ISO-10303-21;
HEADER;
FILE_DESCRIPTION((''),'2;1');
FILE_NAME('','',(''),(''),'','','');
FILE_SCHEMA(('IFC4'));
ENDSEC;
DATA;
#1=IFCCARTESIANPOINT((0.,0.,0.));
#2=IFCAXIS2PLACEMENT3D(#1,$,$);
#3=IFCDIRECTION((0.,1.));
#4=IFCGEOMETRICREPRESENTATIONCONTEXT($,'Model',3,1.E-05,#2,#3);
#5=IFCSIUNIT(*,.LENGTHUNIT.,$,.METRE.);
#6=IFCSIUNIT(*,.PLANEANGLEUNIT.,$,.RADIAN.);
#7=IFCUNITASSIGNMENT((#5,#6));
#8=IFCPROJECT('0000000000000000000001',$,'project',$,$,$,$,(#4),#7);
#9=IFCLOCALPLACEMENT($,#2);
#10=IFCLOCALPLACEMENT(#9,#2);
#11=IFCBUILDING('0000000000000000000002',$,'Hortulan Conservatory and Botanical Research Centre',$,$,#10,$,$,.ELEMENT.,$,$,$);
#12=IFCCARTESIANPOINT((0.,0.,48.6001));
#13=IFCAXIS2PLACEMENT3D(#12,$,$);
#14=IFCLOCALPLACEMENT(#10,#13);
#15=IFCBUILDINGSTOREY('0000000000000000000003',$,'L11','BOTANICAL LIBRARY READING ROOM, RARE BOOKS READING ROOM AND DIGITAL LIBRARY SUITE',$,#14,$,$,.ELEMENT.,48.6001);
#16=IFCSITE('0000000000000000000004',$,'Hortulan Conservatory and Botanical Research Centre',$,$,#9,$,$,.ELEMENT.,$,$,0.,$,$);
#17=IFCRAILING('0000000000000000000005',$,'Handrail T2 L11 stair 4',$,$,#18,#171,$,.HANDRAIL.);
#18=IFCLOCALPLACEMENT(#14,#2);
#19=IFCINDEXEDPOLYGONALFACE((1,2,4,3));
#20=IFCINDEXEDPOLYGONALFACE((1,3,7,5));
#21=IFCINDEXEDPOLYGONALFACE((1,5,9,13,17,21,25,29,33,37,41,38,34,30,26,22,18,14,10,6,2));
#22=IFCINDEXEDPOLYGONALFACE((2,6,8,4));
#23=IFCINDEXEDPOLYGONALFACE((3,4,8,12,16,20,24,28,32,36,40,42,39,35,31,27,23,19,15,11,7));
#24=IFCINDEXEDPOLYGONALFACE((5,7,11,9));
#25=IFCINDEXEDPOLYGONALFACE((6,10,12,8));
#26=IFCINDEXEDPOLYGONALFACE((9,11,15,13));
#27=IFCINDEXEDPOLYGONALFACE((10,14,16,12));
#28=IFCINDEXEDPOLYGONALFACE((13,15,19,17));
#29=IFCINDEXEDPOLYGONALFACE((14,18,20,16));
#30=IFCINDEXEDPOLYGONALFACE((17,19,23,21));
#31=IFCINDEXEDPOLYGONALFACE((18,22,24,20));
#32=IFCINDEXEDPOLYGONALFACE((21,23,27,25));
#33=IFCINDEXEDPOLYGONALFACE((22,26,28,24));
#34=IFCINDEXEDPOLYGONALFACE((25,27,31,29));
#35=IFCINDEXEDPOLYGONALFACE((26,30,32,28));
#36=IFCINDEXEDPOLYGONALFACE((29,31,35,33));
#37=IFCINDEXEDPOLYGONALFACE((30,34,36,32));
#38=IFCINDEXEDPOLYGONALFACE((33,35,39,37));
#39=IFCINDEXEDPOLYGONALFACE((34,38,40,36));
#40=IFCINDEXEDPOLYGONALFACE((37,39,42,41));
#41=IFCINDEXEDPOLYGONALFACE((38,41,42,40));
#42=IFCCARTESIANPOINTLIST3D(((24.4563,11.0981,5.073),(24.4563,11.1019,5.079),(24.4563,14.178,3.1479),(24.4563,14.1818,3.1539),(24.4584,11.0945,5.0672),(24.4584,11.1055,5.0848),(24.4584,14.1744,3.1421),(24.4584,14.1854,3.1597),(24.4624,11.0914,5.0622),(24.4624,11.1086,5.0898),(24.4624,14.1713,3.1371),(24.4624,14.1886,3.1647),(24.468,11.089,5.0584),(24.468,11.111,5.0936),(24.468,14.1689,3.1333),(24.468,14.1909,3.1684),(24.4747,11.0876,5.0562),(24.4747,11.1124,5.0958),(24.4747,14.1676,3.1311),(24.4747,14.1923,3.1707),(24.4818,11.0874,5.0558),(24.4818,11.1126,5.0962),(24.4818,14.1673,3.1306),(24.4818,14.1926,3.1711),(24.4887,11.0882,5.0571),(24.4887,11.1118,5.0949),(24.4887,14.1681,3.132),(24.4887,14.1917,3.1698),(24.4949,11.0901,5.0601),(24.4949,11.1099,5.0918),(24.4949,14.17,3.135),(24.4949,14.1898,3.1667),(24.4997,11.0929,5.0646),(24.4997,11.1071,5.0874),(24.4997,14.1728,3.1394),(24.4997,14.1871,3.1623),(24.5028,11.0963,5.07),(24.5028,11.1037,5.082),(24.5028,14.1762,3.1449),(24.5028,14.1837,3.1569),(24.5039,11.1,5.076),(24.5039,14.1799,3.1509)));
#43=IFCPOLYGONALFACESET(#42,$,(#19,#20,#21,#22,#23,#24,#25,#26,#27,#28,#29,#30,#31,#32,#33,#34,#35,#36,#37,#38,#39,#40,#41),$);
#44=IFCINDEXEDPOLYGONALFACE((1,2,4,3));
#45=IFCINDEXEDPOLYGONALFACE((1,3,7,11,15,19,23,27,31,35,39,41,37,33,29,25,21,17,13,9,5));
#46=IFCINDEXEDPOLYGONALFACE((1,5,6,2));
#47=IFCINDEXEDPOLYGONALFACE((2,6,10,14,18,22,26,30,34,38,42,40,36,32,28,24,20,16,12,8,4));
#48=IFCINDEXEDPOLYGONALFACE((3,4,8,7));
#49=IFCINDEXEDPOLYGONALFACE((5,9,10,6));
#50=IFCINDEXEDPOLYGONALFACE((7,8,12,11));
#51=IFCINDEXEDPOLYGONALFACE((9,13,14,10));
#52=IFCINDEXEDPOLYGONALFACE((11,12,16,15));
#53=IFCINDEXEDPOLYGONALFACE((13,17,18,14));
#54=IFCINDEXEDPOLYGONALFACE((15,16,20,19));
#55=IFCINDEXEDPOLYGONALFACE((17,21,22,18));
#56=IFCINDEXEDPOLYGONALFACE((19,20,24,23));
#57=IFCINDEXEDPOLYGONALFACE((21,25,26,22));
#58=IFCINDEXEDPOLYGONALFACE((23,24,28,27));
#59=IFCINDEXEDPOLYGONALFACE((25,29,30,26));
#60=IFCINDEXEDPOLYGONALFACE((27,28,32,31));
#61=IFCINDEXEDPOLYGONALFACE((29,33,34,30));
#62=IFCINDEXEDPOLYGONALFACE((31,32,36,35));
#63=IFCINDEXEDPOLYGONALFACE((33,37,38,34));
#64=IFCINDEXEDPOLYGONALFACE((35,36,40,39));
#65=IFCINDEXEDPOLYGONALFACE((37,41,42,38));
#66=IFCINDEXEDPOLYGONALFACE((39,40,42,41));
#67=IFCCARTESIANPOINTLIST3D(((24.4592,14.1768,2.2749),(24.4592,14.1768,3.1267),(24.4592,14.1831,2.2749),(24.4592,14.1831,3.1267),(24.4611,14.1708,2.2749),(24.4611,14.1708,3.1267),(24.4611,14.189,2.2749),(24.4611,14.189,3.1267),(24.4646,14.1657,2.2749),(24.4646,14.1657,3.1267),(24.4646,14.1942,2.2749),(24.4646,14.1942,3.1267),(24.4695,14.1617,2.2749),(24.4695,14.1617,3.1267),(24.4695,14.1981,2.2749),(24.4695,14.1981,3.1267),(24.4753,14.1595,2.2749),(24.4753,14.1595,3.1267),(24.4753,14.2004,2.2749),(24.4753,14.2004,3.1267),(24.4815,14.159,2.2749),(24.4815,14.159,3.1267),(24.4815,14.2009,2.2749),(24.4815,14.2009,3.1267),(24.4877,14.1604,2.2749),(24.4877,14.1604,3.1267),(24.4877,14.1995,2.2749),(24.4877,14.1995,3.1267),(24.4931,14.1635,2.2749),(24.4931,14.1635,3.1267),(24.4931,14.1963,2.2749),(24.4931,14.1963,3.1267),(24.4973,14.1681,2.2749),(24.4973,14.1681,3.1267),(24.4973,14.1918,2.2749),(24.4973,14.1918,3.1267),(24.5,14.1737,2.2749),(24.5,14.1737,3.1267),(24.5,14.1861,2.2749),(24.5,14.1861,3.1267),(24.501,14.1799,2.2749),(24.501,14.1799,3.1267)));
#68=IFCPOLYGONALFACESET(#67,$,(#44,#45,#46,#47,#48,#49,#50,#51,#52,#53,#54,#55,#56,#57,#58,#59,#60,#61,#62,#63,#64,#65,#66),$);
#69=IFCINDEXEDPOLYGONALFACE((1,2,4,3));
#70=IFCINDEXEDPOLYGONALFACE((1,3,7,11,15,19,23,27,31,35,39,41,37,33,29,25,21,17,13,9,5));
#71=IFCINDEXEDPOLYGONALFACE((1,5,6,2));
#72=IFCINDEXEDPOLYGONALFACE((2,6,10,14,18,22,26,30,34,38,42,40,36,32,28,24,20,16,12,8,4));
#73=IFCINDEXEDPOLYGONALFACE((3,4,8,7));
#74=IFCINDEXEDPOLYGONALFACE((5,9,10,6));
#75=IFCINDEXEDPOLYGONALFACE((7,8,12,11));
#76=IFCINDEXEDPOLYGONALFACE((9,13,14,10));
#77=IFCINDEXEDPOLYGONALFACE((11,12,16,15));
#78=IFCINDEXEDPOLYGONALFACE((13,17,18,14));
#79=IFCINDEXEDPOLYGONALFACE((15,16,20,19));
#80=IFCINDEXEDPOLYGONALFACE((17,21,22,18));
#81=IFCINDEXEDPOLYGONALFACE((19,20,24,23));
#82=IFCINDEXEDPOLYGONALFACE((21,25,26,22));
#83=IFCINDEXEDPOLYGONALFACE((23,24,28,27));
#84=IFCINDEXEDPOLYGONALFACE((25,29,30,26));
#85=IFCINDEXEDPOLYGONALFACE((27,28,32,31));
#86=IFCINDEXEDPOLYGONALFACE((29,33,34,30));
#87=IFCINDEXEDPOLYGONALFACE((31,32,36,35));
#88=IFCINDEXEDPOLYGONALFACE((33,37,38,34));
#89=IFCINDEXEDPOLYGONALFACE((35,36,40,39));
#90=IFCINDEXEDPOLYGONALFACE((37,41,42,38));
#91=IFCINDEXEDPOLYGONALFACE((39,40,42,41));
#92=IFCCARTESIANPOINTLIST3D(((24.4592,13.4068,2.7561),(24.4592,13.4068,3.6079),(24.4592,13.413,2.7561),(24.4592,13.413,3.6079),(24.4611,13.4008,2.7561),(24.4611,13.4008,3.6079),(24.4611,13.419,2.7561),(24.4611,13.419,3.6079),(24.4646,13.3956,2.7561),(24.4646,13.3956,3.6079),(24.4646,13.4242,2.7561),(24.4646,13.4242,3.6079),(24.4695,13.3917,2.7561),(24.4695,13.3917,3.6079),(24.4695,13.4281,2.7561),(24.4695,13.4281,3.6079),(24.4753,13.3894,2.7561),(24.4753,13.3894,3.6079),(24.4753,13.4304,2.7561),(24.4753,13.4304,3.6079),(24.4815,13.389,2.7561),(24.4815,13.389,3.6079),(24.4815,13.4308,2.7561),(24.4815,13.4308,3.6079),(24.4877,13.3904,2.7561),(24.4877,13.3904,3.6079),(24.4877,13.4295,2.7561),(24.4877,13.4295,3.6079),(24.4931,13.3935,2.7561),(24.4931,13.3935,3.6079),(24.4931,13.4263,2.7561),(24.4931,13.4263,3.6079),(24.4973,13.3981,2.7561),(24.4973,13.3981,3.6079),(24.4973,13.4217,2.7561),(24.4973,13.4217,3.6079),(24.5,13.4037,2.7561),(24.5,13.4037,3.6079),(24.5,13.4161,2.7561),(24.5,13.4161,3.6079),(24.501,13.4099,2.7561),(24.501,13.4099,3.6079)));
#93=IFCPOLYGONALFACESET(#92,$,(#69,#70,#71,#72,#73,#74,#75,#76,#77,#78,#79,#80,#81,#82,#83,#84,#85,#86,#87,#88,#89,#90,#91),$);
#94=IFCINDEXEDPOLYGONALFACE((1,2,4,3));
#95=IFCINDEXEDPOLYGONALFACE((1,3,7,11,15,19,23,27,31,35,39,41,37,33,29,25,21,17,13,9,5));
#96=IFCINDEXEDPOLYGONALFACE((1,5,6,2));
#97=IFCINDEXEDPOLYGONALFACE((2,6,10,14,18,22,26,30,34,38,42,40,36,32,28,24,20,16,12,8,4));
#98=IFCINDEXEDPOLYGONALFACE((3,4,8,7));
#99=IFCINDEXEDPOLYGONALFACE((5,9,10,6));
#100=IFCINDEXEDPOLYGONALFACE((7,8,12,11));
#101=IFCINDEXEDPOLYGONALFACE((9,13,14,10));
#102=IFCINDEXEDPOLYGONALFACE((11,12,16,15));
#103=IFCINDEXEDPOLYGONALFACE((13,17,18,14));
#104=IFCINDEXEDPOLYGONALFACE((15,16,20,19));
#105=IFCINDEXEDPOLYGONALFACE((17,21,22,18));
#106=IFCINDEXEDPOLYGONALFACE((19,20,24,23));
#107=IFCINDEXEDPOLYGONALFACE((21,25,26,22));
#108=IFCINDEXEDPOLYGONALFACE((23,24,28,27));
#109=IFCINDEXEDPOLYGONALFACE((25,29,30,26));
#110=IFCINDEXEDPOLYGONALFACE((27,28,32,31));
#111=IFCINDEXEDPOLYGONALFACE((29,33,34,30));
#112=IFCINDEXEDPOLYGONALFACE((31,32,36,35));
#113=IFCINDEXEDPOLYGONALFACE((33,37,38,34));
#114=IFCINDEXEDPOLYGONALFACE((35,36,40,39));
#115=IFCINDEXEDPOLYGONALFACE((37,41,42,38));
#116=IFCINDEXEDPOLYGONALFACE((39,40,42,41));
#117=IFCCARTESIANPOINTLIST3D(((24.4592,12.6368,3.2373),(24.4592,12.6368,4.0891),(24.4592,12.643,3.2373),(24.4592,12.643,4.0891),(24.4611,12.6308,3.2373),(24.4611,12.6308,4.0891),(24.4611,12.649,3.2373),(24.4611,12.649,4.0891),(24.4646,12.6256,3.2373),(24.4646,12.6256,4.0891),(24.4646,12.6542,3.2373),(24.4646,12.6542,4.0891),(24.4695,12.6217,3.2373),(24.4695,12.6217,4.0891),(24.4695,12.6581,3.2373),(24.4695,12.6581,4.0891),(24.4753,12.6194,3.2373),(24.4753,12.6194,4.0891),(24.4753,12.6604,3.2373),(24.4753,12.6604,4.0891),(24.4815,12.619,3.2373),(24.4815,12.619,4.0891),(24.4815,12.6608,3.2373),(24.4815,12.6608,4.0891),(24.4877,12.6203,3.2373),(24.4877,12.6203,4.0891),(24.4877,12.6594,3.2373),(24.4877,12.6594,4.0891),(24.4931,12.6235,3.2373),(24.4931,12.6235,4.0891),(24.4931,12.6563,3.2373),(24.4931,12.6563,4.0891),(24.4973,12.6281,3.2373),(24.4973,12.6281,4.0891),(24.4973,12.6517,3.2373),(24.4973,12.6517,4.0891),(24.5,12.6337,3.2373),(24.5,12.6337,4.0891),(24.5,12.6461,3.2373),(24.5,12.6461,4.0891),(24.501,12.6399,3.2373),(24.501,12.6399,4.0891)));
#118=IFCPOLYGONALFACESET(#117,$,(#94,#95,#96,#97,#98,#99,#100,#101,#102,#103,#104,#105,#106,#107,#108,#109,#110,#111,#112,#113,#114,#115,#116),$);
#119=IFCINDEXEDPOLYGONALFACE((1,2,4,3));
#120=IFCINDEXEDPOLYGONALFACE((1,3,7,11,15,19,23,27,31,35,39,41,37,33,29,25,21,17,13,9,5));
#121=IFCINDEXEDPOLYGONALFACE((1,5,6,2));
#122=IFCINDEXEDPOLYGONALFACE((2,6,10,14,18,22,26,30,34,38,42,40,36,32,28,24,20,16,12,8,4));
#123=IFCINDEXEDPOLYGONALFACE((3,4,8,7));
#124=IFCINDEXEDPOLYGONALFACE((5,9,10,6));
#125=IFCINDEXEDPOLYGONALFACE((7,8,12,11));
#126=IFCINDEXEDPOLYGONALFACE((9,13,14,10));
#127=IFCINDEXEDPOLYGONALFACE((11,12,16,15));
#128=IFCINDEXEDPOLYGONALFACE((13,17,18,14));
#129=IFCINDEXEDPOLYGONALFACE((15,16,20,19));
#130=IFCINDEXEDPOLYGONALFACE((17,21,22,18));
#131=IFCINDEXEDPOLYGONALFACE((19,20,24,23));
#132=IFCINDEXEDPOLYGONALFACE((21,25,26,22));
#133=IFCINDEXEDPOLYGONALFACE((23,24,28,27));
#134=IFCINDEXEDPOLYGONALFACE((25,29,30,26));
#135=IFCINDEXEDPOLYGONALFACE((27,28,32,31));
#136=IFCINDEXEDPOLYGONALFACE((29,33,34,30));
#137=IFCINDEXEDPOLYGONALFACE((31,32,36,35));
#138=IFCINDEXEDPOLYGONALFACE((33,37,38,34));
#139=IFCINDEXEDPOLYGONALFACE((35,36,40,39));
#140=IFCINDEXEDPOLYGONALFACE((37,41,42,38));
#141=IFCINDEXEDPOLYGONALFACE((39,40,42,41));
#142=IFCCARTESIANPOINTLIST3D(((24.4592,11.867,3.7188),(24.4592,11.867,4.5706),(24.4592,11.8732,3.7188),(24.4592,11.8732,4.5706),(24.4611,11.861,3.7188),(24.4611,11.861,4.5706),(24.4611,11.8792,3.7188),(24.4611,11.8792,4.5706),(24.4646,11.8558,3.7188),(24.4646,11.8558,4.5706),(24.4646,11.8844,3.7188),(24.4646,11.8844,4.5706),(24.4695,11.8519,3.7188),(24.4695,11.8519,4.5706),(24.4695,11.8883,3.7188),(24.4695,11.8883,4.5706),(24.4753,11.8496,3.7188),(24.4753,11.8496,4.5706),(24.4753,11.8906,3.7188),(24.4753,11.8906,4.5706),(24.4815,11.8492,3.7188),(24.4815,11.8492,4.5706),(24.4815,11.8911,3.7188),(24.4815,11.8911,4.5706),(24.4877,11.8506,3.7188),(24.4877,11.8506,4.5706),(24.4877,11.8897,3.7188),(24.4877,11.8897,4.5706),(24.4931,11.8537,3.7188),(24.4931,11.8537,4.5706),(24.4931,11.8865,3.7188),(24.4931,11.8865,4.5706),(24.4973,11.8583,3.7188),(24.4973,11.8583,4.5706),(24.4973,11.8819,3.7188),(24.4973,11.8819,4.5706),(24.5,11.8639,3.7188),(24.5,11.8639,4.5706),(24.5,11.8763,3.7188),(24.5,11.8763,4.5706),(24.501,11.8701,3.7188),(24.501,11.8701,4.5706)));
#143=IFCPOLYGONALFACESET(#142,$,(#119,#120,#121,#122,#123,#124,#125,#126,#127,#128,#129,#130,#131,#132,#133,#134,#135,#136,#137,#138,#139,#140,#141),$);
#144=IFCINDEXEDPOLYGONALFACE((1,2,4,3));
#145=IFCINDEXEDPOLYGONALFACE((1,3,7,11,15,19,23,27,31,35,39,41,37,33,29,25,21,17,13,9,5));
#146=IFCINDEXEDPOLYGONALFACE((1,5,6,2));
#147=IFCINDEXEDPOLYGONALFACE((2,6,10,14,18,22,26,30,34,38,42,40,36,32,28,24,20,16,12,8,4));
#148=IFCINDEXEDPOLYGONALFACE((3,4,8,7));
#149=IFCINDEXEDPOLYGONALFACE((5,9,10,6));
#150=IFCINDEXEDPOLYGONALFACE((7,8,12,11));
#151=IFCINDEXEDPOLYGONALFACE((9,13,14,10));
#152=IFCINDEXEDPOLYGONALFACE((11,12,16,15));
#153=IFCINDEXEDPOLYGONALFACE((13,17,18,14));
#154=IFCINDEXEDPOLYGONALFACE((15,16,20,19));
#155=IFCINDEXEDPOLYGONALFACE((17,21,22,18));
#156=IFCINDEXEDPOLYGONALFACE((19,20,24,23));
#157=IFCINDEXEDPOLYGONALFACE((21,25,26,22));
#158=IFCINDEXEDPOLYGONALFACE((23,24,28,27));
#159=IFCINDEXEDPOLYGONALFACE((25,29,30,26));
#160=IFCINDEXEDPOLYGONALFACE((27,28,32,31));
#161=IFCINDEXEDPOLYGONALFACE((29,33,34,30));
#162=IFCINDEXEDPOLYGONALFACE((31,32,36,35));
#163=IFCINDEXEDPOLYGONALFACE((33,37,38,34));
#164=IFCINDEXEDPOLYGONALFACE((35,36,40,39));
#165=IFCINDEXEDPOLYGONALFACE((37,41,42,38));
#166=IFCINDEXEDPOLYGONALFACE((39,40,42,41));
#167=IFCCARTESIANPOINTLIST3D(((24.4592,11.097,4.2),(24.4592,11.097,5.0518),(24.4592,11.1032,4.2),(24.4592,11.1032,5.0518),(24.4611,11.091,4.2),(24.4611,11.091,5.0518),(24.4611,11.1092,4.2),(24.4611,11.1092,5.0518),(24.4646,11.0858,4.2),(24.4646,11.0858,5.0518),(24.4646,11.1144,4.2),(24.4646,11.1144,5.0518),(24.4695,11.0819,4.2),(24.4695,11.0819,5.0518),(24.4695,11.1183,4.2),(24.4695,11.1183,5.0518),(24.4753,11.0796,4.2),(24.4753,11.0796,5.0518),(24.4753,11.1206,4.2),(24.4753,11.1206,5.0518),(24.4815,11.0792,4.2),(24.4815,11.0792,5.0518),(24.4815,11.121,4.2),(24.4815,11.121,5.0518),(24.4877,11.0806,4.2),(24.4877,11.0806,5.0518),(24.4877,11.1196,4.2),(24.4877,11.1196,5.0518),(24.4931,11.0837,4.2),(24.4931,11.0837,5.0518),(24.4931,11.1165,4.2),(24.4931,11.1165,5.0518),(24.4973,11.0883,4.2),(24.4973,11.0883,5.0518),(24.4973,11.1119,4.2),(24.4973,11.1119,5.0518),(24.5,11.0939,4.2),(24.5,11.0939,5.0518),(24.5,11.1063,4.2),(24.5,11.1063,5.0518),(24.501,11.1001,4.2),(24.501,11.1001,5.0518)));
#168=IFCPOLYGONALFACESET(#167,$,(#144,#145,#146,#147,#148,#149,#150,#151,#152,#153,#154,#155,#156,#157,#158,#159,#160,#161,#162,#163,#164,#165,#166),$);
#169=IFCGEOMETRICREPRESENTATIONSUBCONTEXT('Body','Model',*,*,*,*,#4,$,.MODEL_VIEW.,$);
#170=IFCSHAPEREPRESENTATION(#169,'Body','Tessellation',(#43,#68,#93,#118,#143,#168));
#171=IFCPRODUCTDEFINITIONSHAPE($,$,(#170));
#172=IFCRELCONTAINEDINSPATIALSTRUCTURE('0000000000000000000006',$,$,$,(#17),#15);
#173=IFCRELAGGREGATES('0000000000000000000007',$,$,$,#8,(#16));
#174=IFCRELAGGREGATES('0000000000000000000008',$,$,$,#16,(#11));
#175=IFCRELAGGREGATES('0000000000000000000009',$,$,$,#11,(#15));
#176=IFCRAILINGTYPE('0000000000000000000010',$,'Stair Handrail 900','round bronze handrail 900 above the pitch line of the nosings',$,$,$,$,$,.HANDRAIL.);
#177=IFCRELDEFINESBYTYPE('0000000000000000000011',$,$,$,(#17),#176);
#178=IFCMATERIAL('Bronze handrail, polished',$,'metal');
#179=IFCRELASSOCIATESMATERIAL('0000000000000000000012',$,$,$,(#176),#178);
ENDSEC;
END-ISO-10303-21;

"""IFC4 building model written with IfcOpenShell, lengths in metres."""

from ifc_helpers import new_model, si_unit, direction, frame, origin, origin_2d, place, context, subcontext, project, spatial, circle, extrude, material, type_object, element, save


model = new_model("IFC4")

# Units and contexts
model_context = context("Model", 3, precision=1e-05, world=origin(), true_north=direction((0.0, 1.0)))
body_context = subcontext(model_context, "Body", "Model", "MODEL_VIEW")
ifc_project = project(units=[si_unit("LENGTHUNIT", "METRE"), si_unit("PLANEANGLEUNIT", "RADIAN")], contexts=[model_context])

# Site, building, storey
site_placement = place(None, origin())
site = spatial("IfcSite", under=ifc_project, at=site_placement, Name="Hortulan Conservatory and Botanical Research Centre", CompositionType="ELEMENT", RefElevation=0.0)
building_placement = place(site_placement, origin())
building = spatial("IfcBuilding", under=site, at=building_placement, Name="Hortulan Conservatory and Botanical Research Centre", CompositionType="ELEMENT")
storey_placement = place(building_placement, frame((0.0, 0.0, 48.6001)))
storey = spatial("IfcBuildingStorey", under=building, at=storey_placement, Name="L11", Description="BOTANICAL LIBRARY READING ROOM, RARE BOOKS READING ROOM AND DIGITAL LIBRARY SUITE", CompositionType="ELEMENT", Elevation=48.6001)

# Railing
ifc_material_1 = material(Name="Bronze handrail, polished", Category="metal")
railing_type_1 = type_object("IfcRailingType", Name="Stair Handrail 900", Description="round bronze handrail 900 above the pitch line of the nosings", PredefinedType="HANDRAIL", material=ifc_material_1)
railing_1_placement = place(storey_placement, frame((24.48, 14.1799, 2.2749)))
element("IfcRailing", 1, at=railing_1_placement, inside=storey, type_object=railing_type_1, Name="Handrail T2 L11 stair 4", PredefinedType="HANDRAIL", context=body_context, shape_type="SweptSolid", body=[
    extrude(circle(Radius=0.0239, at=origin_2d()), frame((0.0, 0.0, 0.876), z_axis=(0.0, -0.847979, 0.530029), x_axis=(1.0, 0.0, 0.0)), (0.0, 0.0, 1.0), 3.6321),
    extrude(circle(Radius=0.021, at=origin_2d()), origin(), (0.0, 0.0, 1.0), 0.8518),
    extrude(circle(Radius=0.021, at=origin_2d()), frame((0.0, -0.77, 0.4812)), (0.0, 0.0, 1.0), 0.8518),
    extrude(circle(Radius=0.021, at=origin_2d()), frame((0.0, -1.54, 0.9624)), (0.0, 0.0, 1.0), 0.8518),
    extrude(circle(Radius=0.021, at=origin_2d()), frame((0.0, -2.3098, 1.4438)), (0.0, 0.0, 1.0), 0.8518),
    extrude(circle(Radius=0.021, at=origin_2d()), frame((0.0, -3.0798, 1.925)), (0.0, 0.0, 1.0), 0.8518),
])

save(model, "model.ifc")
